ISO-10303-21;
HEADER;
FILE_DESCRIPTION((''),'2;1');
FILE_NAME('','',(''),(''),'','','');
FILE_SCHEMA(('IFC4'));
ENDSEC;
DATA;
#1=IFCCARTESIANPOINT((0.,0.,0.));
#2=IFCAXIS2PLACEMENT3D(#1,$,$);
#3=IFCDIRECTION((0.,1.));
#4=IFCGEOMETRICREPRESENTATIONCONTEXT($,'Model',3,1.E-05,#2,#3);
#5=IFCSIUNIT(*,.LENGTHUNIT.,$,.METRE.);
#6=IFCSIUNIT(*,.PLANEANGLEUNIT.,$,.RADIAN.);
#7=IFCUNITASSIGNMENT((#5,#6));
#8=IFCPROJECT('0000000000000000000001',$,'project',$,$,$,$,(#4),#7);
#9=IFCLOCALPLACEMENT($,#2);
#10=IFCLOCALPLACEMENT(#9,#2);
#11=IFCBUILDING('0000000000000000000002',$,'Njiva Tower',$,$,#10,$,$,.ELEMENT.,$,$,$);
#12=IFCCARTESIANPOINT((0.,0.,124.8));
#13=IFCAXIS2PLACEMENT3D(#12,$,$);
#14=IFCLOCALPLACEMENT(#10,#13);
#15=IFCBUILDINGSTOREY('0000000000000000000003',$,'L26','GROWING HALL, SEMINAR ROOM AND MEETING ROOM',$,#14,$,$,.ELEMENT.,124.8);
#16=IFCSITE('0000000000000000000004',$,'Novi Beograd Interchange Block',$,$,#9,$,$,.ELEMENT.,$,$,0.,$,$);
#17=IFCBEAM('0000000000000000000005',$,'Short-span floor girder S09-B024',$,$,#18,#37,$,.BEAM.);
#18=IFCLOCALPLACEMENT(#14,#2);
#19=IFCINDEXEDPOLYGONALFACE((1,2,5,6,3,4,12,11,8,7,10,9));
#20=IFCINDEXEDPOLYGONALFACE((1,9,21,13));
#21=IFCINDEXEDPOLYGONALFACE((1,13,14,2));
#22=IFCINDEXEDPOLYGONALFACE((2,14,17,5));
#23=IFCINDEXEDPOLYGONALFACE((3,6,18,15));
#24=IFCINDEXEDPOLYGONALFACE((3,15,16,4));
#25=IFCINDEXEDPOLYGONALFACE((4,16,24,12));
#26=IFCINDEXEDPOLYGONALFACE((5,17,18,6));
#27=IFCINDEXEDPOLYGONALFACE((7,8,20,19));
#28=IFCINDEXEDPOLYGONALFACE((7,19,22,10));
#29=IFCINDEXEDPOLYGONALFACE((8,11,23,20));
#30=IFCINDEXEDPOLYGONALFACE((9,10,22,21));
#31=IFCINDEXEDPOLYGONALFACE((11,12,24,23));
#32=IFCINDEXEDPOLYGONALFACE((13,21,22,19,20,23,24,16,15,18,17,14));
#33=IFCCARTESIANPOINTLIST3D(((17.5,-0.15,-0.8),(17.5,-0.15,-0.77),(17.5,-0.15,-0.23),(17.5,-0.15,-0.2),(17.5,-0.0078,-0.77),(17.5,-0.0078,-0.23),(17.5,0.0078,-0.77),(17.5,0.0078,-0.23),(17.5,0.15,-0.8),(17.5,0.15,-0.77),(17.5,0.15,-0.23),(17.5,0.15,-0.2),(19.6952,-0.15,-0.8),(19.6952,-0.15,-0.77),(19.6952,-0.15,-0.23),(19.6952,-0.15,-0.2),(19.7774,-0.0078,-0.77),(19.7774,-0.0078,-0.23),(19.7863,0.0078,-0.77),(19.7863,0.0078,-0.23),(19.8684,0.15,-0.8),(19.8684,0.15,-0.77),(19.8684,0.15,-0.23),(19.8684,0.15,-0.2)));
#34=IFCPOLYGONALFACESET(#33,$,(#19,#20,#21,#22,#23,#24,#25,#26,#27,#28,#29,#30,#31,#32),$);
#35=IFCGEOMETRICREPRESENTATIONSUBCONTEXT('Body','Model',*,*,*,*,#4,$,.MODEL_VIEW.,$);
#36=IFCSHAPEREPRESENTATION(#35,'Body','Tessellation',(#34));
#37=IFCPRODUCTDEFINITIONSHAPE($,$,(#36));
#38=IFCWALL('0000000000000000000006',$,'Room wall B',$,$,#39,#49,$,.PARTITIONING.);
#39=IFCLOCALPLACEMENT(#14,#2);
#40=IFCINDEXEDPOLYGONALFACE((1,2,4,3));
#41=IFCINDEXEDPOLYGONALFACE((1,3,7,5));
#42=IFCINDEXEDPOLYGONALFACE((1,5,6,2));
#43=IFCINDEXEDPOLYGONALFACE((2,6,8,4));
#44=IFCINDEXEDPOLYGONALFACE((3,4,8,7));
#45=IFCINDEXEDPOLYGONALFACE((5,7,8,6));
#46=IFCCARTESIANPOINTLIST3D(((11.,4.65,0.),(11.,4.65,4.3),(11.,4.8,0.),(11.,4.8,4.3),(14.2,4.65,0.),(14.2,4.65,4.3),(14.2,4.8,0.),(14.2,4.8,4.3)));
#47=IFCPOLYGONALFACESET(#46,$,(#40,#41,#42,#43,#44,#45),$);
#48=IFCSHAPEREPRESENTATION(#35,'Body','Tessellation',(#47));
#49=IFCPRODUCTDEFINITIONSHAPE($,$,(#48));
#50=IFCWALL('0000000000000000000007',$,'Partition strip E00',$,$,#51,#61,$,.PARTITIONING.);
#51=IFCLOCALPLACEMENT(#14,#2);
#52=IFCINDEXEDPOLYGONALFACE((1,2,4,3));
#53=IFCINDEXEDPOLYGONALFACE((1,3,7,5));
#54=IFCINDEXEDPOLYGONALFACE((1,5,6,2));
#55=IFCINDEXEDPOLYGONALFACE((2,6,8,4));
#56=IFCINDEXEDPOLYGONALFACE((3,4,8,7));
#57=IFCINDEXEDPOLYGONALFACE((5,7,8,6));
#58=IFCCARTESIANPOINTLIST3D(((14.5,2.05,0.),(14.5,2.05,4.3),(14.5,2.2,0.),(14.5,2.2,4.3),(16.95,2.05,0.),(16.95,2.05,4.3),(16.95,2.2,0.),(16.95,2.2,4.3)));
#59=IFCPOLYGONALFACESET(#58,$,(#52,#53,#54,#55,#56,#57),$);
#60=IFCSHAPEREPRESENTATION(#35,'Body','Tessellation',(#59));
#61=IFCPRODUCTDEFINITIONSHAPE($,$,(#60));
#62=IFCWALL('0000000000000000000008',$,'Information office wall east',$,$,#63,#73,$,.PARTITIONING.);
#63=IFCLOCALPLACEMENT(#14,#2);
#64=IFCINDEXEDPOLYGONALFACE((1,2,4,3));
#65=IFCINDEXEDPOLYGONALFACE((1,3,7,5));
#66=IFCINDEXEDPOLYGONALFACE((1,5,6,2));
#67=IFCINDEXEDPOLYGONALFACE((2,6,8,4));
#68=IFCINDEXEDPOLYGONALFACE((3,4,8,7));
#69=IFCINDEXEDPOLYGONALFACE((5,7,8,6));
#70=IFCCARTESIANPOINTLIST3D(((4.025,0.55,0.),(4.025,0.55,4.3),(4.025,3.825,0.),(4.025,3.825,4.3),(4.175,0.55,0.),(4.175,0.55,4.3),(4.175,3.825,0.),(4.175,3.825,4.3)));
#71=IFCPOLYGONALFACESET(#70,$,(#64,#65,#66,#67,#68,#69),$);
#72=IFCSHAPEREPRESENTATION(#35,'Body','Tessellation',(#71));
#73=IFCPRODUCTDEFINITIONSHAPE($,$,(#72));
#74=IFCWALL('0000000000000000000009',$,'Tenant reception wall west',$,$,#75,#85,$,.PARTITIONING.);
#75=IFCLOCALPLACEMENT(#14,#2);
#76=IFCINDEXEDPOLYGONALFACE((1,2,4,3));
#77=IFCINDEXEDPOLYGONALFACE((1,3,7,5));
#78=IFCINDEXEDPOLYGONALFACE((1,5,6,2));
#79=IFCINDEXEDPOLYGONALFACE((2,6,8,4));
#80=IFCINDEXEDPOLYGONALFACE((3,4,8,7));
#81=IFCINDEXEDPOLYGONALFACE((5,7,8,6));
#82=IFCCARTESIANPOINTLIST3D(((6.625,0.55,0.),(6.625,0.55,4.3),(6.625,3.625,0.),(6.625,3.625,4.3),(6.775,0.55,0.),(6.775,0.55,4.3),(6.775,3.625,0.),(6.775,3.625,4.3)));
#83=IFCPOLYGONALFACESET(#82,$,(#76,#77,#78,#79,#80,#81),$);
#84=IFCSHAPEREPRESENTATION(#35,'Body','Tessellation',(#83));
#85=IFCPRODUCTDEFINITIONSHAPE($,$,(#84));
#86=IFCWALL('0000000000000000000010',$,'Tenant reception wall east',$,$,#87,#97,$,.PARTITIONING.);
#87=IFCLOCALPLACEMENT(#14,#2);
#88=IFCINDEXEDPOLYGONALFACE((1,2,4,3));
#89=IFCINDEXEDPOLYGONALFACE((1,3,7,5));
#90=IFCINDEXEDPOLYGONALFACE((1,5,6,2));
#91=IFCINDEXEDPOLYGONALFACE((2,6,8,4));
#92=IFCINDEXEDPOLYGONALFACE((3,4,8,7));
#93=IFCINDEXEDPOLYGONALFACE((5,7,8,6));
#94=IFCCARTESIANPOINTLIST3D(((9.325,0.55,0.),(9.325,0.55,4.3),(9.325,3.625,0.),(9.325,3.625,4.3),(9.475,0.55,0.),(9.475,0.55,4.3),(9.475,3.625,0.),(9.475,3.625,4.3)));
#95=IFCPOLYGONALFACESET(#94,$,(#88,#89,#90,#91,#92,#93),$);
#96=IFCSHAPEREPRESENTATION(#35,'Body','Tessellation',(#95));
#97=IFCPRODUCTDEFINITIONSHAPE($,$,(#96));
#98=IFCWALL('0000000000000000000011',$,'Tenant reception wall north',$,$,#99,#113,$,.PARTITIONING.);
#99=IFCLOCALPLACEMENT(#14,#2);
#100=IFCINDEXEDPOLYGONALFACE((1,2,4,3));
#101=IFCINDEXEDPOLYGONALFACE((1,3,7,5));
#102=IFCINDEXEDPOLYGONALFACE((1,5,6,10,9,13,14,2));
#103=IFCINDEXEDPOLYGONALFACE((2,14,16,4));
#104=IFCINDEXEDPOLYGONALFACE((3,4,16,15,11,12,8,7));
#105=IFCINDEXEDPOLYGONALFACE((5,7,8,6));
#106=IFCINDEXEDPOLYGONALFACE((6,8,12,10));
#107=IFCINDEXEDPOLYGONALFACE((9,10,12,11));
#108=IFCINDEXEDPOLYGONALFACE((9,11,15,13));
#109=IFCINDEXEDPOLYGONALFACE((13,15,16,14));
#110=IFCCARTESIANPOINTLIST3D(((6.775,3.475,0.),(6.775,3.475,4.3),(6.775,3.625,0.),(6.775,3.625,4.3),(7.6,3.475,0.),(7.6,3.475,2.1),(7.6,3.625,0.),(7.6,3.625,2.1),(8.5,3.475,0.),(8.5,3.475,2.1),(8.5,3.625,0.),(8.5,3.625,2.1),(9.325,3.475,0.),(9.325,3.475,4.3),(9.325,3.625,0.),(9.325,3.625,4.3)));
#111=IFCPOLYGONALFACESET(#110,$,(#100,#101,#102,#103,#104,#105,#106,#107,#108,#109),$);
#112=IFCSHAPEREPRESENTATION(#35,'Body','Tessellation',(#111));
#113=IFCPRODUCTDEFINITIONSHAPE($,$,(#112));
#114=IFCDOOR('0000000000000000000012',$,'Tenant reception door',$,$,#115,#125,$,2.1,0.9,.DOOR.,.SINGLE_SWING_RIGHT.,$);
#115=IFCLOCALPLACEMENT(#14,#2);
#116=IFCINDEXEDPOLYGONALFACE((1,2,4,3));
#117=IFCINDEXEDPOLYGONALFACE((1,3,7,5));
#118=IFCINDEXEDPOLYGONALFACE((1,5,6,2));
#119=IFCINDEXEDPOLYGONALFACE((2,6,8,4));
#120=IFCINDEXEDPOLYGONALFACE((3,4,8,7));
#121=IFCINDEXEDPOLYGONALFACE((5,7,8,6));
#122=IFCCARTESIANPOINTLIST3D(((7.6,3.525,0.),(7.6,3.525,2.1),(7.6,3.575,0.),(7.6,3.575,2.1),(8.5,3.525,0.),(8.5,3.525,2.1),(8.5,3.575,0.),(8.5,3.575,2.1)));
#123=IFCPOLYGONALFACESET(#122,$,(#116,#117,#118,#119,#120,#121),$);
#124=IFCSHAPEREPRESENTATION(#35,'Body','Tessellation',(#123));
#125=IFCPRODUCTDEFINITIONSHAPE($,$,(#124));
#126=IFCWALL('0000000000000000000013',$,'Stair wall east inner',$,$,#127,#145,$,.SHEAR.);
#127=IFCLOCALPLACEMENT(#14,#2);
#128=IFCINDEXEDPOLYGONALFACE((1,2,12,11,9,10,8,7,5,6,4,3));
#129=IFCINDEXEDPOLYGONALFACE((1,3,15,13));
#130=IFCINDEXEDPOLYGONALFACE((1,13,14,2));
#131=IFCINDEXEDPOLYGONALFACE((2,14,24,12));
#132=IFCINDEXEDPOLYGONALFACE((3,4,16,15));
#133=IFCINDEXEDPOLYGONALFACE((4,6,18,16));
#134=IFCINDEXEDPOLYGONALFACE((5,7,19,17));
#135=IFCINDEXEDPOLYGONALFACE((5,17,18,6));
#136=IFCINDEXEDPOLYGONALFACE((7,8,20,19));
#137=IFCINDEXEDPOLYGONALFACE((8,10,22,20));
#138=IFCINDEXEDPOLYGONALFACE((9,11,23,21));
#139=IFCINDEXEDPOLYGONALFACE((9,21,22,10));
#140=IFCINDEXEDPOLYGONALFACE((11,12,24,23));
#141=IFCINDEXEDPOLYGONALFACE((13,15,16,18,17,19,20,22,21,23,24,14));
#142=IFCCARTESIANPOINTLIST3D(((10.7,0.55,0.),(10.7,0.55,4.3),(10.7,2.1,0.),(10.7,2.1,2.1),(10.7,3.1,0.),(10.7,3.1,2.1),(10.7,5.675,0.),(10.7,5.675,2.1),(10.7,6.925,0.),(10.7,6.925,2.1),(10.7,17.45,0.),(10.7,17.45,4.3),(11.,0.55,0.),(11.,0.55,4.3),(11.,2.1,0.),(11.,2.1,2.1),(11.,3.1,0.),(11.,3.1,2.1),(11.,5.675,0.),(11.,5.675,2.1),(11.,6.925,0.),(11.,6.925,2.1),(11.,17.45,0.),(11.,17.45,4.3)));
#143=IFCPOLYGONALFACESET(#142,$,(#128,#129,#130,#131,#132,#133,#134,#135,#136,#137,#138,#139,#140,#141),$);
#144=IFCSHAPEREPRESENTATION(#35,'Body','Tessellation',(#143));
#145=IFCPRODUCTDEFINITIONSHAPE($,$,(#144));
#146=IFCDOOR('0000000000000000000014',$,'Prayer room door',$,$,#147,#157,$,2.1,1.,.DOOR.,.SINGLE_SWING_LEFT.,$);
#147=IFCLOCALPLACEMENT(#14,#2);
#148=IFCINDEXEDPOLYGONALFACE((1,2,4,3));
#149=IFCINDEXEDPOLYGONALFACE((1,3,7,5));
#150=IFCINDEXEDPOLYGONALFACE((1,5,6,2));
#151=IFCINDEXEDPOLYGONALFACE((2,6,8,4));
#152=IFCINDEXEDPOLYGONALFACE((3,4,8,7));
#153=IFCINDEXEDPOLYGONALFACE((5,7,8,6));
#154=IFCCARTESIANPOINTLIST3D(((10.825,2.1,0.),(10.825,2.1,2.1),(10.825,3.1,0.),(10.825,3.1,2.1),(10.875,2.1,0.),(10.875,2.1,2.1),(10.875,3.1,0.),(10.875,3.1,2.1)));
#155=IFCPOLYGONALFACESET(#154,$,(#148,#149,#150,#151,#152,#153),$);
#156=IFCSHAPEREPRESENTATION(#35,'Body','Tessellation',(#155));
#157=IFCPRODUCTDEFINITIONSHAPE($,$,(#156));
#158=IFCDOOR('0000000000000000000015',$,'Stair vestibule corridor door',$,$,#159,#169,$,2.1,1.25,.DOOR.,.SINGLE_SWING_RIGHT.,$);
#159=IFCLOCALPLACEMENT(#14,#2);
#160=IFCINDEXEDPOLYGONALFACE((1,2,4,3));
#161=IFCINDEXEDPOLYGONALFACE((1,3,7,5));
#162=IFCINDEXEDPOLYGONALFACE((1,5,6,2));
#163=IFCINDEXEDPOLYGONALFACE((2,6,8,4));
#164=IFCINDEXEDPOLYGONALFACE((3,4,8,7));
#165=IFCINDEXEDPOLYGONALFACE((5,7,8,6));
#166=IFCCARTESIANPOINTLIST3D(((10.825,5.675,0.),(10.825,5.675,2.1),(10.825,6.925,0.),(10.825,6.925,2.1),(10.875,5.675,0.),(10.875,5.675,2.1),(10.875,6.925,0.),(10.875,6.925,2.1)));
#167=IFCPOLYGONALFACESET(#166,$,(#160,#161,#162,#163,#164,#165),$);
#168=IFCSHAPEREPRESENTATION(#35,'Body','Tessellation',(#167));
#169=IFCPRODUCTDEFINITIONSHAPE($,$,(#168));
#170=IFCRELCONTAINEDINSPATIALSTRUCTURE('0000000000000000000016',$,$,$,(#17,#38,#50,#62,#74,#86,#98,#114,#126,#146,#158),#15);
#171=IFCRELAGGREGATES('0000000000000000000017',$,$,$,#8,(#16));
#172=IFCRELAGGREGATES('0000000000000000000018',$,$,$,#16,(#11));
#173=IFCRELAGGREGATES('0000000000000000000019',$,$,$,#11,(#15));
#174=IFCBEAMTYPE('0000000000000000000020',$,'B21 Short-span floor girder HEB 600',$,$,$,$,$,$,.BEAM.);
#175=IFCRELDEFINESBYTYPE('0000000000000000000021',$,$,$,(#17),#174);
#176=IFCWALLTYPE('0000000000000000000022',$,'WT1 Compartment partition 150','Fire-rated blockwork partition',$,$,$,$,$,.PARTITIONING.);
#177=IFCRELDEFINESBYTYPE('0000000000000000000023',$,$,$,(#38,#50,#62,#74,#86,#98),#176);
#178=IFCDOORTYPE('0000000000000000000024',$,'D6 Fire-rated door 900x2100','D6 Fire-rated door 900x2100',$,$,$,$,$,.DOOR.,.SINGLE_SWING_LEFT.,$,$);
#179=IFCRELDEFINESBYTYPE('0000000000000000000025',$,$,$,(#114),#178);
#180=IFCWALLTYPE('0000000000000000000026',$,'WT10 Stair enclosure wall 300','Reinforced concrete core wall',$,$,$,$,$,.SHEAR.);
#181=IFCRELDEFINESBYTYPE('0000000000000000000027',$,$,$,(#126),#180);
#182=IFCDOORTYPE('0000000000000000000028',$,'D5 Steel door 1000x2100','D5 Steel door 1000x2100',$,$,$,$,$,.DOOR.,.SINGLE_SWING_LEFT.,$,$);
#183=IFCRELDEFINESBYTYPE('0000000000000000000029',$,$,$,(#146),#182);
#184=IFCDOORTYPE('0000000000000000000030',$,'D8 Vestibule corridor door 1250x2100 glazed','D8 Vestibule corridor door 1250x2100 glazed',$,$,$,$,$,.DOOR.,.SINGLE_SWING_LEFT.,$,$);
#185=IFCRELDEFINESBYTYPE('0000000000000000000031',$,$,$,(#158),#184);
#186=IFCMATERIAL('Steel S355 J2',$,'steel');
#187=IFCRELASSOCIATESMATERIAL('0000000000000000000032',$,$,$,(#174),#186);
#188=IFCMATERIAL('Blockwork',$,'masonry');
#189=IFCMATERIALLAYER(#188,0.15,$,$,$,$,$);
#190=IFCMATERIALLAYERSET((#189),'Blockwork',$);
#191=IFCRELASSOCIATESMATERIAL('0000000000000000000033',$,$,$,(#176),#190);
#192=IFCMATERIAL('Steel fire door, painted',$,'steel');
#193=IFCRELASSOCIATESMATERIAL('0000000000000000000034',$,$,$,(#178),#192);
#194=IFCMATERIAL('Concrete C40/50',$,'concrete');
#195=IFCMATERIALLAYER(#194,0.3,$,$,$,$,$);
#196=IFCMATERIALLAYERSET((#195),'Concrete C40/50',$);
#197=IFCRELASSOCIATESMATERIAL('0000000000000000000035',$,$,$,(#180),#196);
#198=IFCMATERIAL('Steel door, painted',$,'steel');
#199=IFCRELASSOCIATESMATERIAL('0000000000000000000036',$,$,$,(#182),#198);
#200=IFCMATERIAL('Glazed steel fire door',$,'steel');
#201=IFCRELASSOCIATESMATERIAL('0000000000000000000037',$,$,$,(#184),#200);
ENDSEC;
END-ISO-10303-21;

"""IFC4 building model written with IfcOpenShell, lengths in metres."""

from ifc_helpers import new_model, si_unit, direction, frame, frame_2d, origin, origin_2d, place, context, subcontext, project, spatial, rectangle, i_section, extrude, clip, halfspace, material, layer, layer_set, material_profile, profile_set, type_object, element, fill, save


model = new_model("IFC4")

# Units and contexts
model_context = context("Model", 3, precision=1e-05, world=origin(), true_north=direction((0.0, 1.0)))
body_context = subcontext(model_context, "Body", "Model", "MODEL_VIEW")
ifc_project = project(units=[si_unit("LENGTHUNIT", "METRE"), si_unit("PLANEANGLEUNIT", "RADIAN")], contexts=[model_context])

# Site, building, storey
site_placement = place(None, origin())
site = spatial("IfcSite", under=ifc_project, at=site_placement, Name="Novi Beograd Interchange Block", CompositionType="ELEMENT", RefElevation=0.0)
building_placement = place(site_placement, origin())
building = spatial("IfcBuilding", under=site, at=building_placement, Name="Njiva Tower", CompositionType="ELEMENT")
storey_placement = place(building_placement, frame((0.0, 0.0, 124.8)))
storey = spatial("IfcBuildingStorey", under=building, at=storey_placement, Name="L26", Description="GROWING HALL, SEMINAR ROOM AND MEETING ROOM", CompositionType="ELEMENT", Elevation=124.8)

# Beam
ifc_material_1 = material(Name="Steel S355 J2", Category="steel")
ifc_material_profile = material_profile(ifc_material_1, i_section(OverallWidth=0.3, OverallDepth=0.6, WebThickness=0.0155, FlangeThickness=0.03, at=origin_2d()), Name="HEB 600")
ifc_profile_set = profile_set([ifc_material_profile], Name="Steel S355 J2")
beam_type = type_object("IfcBeamType", Name="B21 Short-span floor girder HEB 600", PredefinedType="BEAM", material=ifc_profile_set)
beam_placement = place(storey_placement, frame((17.5, 0.0, -0.5), z_axis=(1.0, 0.0, 0.0), x_axis=(0.0, 1.0, 0.0)))
element("IfcBeam", 1, at=beam_placement, inside=storey, type_object=beam_type, Name="Short-span floor girder S09-B024", PredefinedType="BEAM", context=body_context, shape_type="Clipping", body=[
    clip(extrude(i_section(OverallWidth=0.3, OverallDepth=0.6, WebThickness=0.0155, FlangeThickness=0.03, at=origin_2d()), origin(), (0.0, 0.0, 1.0), 2.389), halfspace(frame((-0.025, 0.0, 2.2674), z_axis=(-0.499998, 0.0, 0.866027), x_axis=(0.0, 1.0, 0.0)), False)),
])

# Walls
ifc_material_2 = material(Name="Blockwork", Category="masonry")
ifc_layer_1 = layer(ifc_material_2, 0.15)
ifc_layer_set_1 = layer_set([ifc_layer_1], Name="Blockwork")
wall_type_1 = type_object("IfcWallType", Name="WT1 Compartment partition 150", Description="Fire-rated blockwork partition", PredefinedType="PARTITIONING", material=ifc_layer_set_1)
wall_1_placement = place(storey_placement, frame((11.0, 4.725, 0.0), z_axis=(0.0, 0.0, 1.0), x_axis=(1.0, 0.0, 0.0)))
element("IfcWall", 2, at=wall_1_placement, inside=storey, type_object=wall_type_1, Name="Room wall B", PredefinedType="PARTITIONING", context=body_context, shape_type="SweptSolid", body=[
    extrude(rectangle(XDim=3.2, YDim=0.15, at=frame_2d((1.6, 0.0))), origin(), (0.0, 0.0, 1.0), 4.3),
])
wall_2_placement = place(storey_placement, frame((14.5, 2.125, 0.0), z_axis=(0.0, 0.0, 1.0), x_axis=(1.0, 0.0, 0.0)))
element("IfcWall", 3, at=wall_2_placement, inside=storey, type_object=wall_type_1, Name="Partition strip E00", PredefinedType="PARTITIONING", context=body_context, shape_type="SweptSolid", body=[
    extrude(rectangle(XDim=2.45, YDim=0.15, at=frame_2d((1.225, 0.0))), origin(), (0.0, 0.0, 1.0), 4.3),
])
wall_3_placement = place(storey_placement, frame((4.1, 0.55, 0.0), z_axis=(0.0, 0.0, 1.0), x_axis=(0.0, 1.0, 0.0)))
element("IfcWall", 4, at=wall_3_placement, inside=storey, type_object=wall_type_1, Name="Information office wall east", PredefinedType="PARTITIONING", context=body_context, shape_type="SweptSolid", body=[
    extrude(rectangle(XDim=3.275, YDim=0.15, at=frame_2d((1.6375, 0.0))), origin(), (0.0, 0.0, 1.0), 4.3),
])
for number, where, z_axis, x_axis, name in (
    (5, (6.7, 0.55, 0.0), (0.0, 0.0, 1.0), (0.0, 1.0, 0.0), "Tenant reception wall west"),
    (6, (9.4, 0.55, 0.0), (0.0, 0.0, 1.0), (0.0, 1.0, 0.0), "Tenant reception wall east"),
):
    element("IfcWall", number, at=place(storey_placement, frame(where, z_axis=z_axis, x_axis=x_axis)), inside=storey, type_object=wall_type_1, Name=name, PredefinedType="PARTITIONING", context=body_context, shape_type="SweptSolid", body=[
        extrude(rectangle(XDim=3.075, YDim=0.15, at=frame_2d((1.5375, 0.0))), origin(), (0.0, 0.0, 1.0), 4.3),
    ])

# Wall, opening, door
wall_4_placement = place(storey_placement, frame((6.775, 3.55, 0.0), z_axis=(0.0, 0.0, 1.0), x_axis=(1.0, 0.0, 0.0)))
wall_4 = element("IfcWall", 7, at=wall_4_placement, inside=storey, type_object=wall_type_1, Name="Tenant reception wall north", PredefinedType="PARTITIONING", context=body_context, shape_type="SweptSolid", body=[
    extrude(rectangle(XDim=2.55, YDim=0.15, at=frame_2d((1.275, 0.0))), origin(), (0.0, 0.0, 1.0), 4.3),
])
opening_1_placement = place(wall_4_placement, frame((0.825, 0.0, 0.0)))
opening_1 = element("IfcOpeningElement", 8, at=opening_1_placement, cuts=wall_4, PredefinedType="OPENING", context=body_context, shape_type="SweptSolid", body=[
    extrude(rectangle(XDim=0.9, YDim=2.1, at=frame_2d((0.45, 1.05))), frame((0.0, 0.085, 0.0), z_axis=(0.0, -1.0, 0.0), x_axis=(1.0, 0.0, 0.0)), (0.0, 0.0, 1.0), 0.17),
])
ifc_material_3 = material(Name="Steel fire door, painted", Category="steel")
door_type_1 = type_object("IfcDoorType", Name="D6 Fire-rated door 900x2100", Description="D6 Fire-rated door 900x2100", OperationType="SINGLE_SWING_LEFT", PredefinedType="DOOR", material=ifc_material_3)
door_1_placement = place(opening_1_placement, origin())
door_1 = element("IfcDoor", 9, at=door_1_placement, inside=storey, type_object=door_type_1, Name="Tenant reception door", OperationType="SINGLE_SWING_RIGHT", OverallHeight=2.1, OverallWidth=0.9, PredefinedType="DOOR", context=body_context, shape_type="SweptSolid", body=[
    extrude(rectangle(XDim=0.9, YDim=2.1, at=frame_2d((0.45, 1.05))), frame((0.0, 0.025, 0.0), z_axis=(0.0, -1.0, 0.0), x_axis=(1.0, 0.0, 0.0)), (0.0, 0.0, 1.0), 0.05),
])
fill(opening_1, door_1)

# Wall, openings, doors
ifc_material_4 = material(Name="Concrete C40/50", Category="concrete")
ifc_layer_2 = layer(ifc_material_4, 0.3)
ifc_layer_set_2 = layer_set([ifc_layer_2], Name="Concrete C40/50")
wall_type_2 = type_object("IfcWallType", Name="WT10 Stair enclosure wall 300", Description="Reinforced concrete core wall", PredefinedType="SHEAR", material=ifc_layer_set_2)
wall_5_placement = place(storey_placement, frame((10.85, 0.55, 0.0), z_axis=(0.0, 0.0, 1.0), x_axis=(0.0, 1.0, 0.0)))
wall_5 = element("IfcWall", 10, at=wall_5_placement, inside=storey, type_object=wall_type_2, Name="Stair wall east inner", PredefinedType="SHEAR", context=body_context, shape_type="SweptSolid", body=[
    extrude(rectangle(XDim=16.9, YDim=0.3, at=frame_2d((8.45, 0.0))), origin(), (0.0, 0.0, 1.0), 4.3),
])
opening_2_placement = place(wall_5_placement, frame((5.125, 0.0, 0.0)))
opening_2 = element("IfcOpeningElement", 11, at=opening_2_placement, cuts=wall_5, PredefinedType="OPENING", context=body_context, shape_type="SweptSolid", body=[
    extrude(rectangle(XDim=1.25, YDim=2.1, at=frame_2d((0.625, 1.05))), frame((0.0, 0.16, 0.0), z_axis=(0.0, -1.0, 0.0), x_axis=(1.0, 0.0, 0.0)), (0.0, 0.0, 1.0), 0.32),
])
opening_3_placement = place(wall_5_placement, frame((1.55, 0.0, 0.0)))
opening_3 = element("IfcOpeningElement", 12, at=opening_3_placement, cuts=wall_5, PredefinedType="OPENING", context=body_context, shape_type="SweptSolid", body=[
    extrude(rectangle(XDim=1.0, YDim=2.1, at=frame_2d((0.5, 1.05))), frame((0.0, 0.16, 0.0), z_axis=(0.0, -1.0, 0.0), x_axis=(1.0, 0.0, 0.0)), (0.0, 0.0, 1.0), 0.32),
])
ifc_material_5 = material(Name="Steel door, painted", Category="steel")
door_type_2 = type_object("IfcDoorType", Name="D5 Steel door 1000x2100", Description="D5 Steel door 1000x2100", OperationType="SINGLE_SWING_LEFT", PredefinedType="DOOR", material=ifc_material_5)
door_2_placement = place(opening_3_placement, origin())
door_2 = element("IfcDoor", 13, at=door_2_placement, inside=storey, type_object=door_type_2, Name="Prayer room door", OperationType="SINGLE_SWING_LEFT", OverallHeight=2.1, OverallWidth=1.0, PredefinedType="DOOR", context=body_context, shape_type="SweptSolid", body=[
    extrude(rectangle(XDim=1.0, YDim=2.1, at=frame_2d((0.5, 1.05))), frame((0.0, 0.025, 0.0), z_axis=(0.0, -1.0, 0.0), x_axis=(1.0, 0.0, 0.0)), (0.0, 0.0, 1.0), 0.05),
])
fill(opening_3, door_2)
ifc_material_6 = material(Name="Glazed steel fire door", Category="steel")
door_type_3 = type_object("IfcDoorType", Name="D8 Vestibule corridor door 1250x2100 glazed", Description="D8 Vestibule corridor door 1250x2100 glazed", OperationType="SINGLE_SWING_LEFT", PredefinedType="DOOR", material=ifc_material_6)
door_3_placement = place(opening_2_placement, origin())
door_3 = element("IfcDoor", 14, at=door_3_placement, inside=storey, type_object=door_type_3, Name="Stair vestibule corridor door", OperationType="SINGLE_SWING_RIGHT", OverallHeight=2.1, OverallWidth=1.25, PredefinedType="DOOR", context=body_context, shape_type="SweptSolid", body=[
    extrude(rectangle(XDim=1.25, YDim=2.1, at=frame_2d((0.625, 1.05))), frame((0.0, 0.025, 0.0), z_axis=(0.0, -1.0, 0.0), x_axis=(1.0, 0.0, 0.0)), (0.0, 0.0, 1.0), 0.05),
])
fill(opening_2, door_3)

save(model, "model.ifc")
